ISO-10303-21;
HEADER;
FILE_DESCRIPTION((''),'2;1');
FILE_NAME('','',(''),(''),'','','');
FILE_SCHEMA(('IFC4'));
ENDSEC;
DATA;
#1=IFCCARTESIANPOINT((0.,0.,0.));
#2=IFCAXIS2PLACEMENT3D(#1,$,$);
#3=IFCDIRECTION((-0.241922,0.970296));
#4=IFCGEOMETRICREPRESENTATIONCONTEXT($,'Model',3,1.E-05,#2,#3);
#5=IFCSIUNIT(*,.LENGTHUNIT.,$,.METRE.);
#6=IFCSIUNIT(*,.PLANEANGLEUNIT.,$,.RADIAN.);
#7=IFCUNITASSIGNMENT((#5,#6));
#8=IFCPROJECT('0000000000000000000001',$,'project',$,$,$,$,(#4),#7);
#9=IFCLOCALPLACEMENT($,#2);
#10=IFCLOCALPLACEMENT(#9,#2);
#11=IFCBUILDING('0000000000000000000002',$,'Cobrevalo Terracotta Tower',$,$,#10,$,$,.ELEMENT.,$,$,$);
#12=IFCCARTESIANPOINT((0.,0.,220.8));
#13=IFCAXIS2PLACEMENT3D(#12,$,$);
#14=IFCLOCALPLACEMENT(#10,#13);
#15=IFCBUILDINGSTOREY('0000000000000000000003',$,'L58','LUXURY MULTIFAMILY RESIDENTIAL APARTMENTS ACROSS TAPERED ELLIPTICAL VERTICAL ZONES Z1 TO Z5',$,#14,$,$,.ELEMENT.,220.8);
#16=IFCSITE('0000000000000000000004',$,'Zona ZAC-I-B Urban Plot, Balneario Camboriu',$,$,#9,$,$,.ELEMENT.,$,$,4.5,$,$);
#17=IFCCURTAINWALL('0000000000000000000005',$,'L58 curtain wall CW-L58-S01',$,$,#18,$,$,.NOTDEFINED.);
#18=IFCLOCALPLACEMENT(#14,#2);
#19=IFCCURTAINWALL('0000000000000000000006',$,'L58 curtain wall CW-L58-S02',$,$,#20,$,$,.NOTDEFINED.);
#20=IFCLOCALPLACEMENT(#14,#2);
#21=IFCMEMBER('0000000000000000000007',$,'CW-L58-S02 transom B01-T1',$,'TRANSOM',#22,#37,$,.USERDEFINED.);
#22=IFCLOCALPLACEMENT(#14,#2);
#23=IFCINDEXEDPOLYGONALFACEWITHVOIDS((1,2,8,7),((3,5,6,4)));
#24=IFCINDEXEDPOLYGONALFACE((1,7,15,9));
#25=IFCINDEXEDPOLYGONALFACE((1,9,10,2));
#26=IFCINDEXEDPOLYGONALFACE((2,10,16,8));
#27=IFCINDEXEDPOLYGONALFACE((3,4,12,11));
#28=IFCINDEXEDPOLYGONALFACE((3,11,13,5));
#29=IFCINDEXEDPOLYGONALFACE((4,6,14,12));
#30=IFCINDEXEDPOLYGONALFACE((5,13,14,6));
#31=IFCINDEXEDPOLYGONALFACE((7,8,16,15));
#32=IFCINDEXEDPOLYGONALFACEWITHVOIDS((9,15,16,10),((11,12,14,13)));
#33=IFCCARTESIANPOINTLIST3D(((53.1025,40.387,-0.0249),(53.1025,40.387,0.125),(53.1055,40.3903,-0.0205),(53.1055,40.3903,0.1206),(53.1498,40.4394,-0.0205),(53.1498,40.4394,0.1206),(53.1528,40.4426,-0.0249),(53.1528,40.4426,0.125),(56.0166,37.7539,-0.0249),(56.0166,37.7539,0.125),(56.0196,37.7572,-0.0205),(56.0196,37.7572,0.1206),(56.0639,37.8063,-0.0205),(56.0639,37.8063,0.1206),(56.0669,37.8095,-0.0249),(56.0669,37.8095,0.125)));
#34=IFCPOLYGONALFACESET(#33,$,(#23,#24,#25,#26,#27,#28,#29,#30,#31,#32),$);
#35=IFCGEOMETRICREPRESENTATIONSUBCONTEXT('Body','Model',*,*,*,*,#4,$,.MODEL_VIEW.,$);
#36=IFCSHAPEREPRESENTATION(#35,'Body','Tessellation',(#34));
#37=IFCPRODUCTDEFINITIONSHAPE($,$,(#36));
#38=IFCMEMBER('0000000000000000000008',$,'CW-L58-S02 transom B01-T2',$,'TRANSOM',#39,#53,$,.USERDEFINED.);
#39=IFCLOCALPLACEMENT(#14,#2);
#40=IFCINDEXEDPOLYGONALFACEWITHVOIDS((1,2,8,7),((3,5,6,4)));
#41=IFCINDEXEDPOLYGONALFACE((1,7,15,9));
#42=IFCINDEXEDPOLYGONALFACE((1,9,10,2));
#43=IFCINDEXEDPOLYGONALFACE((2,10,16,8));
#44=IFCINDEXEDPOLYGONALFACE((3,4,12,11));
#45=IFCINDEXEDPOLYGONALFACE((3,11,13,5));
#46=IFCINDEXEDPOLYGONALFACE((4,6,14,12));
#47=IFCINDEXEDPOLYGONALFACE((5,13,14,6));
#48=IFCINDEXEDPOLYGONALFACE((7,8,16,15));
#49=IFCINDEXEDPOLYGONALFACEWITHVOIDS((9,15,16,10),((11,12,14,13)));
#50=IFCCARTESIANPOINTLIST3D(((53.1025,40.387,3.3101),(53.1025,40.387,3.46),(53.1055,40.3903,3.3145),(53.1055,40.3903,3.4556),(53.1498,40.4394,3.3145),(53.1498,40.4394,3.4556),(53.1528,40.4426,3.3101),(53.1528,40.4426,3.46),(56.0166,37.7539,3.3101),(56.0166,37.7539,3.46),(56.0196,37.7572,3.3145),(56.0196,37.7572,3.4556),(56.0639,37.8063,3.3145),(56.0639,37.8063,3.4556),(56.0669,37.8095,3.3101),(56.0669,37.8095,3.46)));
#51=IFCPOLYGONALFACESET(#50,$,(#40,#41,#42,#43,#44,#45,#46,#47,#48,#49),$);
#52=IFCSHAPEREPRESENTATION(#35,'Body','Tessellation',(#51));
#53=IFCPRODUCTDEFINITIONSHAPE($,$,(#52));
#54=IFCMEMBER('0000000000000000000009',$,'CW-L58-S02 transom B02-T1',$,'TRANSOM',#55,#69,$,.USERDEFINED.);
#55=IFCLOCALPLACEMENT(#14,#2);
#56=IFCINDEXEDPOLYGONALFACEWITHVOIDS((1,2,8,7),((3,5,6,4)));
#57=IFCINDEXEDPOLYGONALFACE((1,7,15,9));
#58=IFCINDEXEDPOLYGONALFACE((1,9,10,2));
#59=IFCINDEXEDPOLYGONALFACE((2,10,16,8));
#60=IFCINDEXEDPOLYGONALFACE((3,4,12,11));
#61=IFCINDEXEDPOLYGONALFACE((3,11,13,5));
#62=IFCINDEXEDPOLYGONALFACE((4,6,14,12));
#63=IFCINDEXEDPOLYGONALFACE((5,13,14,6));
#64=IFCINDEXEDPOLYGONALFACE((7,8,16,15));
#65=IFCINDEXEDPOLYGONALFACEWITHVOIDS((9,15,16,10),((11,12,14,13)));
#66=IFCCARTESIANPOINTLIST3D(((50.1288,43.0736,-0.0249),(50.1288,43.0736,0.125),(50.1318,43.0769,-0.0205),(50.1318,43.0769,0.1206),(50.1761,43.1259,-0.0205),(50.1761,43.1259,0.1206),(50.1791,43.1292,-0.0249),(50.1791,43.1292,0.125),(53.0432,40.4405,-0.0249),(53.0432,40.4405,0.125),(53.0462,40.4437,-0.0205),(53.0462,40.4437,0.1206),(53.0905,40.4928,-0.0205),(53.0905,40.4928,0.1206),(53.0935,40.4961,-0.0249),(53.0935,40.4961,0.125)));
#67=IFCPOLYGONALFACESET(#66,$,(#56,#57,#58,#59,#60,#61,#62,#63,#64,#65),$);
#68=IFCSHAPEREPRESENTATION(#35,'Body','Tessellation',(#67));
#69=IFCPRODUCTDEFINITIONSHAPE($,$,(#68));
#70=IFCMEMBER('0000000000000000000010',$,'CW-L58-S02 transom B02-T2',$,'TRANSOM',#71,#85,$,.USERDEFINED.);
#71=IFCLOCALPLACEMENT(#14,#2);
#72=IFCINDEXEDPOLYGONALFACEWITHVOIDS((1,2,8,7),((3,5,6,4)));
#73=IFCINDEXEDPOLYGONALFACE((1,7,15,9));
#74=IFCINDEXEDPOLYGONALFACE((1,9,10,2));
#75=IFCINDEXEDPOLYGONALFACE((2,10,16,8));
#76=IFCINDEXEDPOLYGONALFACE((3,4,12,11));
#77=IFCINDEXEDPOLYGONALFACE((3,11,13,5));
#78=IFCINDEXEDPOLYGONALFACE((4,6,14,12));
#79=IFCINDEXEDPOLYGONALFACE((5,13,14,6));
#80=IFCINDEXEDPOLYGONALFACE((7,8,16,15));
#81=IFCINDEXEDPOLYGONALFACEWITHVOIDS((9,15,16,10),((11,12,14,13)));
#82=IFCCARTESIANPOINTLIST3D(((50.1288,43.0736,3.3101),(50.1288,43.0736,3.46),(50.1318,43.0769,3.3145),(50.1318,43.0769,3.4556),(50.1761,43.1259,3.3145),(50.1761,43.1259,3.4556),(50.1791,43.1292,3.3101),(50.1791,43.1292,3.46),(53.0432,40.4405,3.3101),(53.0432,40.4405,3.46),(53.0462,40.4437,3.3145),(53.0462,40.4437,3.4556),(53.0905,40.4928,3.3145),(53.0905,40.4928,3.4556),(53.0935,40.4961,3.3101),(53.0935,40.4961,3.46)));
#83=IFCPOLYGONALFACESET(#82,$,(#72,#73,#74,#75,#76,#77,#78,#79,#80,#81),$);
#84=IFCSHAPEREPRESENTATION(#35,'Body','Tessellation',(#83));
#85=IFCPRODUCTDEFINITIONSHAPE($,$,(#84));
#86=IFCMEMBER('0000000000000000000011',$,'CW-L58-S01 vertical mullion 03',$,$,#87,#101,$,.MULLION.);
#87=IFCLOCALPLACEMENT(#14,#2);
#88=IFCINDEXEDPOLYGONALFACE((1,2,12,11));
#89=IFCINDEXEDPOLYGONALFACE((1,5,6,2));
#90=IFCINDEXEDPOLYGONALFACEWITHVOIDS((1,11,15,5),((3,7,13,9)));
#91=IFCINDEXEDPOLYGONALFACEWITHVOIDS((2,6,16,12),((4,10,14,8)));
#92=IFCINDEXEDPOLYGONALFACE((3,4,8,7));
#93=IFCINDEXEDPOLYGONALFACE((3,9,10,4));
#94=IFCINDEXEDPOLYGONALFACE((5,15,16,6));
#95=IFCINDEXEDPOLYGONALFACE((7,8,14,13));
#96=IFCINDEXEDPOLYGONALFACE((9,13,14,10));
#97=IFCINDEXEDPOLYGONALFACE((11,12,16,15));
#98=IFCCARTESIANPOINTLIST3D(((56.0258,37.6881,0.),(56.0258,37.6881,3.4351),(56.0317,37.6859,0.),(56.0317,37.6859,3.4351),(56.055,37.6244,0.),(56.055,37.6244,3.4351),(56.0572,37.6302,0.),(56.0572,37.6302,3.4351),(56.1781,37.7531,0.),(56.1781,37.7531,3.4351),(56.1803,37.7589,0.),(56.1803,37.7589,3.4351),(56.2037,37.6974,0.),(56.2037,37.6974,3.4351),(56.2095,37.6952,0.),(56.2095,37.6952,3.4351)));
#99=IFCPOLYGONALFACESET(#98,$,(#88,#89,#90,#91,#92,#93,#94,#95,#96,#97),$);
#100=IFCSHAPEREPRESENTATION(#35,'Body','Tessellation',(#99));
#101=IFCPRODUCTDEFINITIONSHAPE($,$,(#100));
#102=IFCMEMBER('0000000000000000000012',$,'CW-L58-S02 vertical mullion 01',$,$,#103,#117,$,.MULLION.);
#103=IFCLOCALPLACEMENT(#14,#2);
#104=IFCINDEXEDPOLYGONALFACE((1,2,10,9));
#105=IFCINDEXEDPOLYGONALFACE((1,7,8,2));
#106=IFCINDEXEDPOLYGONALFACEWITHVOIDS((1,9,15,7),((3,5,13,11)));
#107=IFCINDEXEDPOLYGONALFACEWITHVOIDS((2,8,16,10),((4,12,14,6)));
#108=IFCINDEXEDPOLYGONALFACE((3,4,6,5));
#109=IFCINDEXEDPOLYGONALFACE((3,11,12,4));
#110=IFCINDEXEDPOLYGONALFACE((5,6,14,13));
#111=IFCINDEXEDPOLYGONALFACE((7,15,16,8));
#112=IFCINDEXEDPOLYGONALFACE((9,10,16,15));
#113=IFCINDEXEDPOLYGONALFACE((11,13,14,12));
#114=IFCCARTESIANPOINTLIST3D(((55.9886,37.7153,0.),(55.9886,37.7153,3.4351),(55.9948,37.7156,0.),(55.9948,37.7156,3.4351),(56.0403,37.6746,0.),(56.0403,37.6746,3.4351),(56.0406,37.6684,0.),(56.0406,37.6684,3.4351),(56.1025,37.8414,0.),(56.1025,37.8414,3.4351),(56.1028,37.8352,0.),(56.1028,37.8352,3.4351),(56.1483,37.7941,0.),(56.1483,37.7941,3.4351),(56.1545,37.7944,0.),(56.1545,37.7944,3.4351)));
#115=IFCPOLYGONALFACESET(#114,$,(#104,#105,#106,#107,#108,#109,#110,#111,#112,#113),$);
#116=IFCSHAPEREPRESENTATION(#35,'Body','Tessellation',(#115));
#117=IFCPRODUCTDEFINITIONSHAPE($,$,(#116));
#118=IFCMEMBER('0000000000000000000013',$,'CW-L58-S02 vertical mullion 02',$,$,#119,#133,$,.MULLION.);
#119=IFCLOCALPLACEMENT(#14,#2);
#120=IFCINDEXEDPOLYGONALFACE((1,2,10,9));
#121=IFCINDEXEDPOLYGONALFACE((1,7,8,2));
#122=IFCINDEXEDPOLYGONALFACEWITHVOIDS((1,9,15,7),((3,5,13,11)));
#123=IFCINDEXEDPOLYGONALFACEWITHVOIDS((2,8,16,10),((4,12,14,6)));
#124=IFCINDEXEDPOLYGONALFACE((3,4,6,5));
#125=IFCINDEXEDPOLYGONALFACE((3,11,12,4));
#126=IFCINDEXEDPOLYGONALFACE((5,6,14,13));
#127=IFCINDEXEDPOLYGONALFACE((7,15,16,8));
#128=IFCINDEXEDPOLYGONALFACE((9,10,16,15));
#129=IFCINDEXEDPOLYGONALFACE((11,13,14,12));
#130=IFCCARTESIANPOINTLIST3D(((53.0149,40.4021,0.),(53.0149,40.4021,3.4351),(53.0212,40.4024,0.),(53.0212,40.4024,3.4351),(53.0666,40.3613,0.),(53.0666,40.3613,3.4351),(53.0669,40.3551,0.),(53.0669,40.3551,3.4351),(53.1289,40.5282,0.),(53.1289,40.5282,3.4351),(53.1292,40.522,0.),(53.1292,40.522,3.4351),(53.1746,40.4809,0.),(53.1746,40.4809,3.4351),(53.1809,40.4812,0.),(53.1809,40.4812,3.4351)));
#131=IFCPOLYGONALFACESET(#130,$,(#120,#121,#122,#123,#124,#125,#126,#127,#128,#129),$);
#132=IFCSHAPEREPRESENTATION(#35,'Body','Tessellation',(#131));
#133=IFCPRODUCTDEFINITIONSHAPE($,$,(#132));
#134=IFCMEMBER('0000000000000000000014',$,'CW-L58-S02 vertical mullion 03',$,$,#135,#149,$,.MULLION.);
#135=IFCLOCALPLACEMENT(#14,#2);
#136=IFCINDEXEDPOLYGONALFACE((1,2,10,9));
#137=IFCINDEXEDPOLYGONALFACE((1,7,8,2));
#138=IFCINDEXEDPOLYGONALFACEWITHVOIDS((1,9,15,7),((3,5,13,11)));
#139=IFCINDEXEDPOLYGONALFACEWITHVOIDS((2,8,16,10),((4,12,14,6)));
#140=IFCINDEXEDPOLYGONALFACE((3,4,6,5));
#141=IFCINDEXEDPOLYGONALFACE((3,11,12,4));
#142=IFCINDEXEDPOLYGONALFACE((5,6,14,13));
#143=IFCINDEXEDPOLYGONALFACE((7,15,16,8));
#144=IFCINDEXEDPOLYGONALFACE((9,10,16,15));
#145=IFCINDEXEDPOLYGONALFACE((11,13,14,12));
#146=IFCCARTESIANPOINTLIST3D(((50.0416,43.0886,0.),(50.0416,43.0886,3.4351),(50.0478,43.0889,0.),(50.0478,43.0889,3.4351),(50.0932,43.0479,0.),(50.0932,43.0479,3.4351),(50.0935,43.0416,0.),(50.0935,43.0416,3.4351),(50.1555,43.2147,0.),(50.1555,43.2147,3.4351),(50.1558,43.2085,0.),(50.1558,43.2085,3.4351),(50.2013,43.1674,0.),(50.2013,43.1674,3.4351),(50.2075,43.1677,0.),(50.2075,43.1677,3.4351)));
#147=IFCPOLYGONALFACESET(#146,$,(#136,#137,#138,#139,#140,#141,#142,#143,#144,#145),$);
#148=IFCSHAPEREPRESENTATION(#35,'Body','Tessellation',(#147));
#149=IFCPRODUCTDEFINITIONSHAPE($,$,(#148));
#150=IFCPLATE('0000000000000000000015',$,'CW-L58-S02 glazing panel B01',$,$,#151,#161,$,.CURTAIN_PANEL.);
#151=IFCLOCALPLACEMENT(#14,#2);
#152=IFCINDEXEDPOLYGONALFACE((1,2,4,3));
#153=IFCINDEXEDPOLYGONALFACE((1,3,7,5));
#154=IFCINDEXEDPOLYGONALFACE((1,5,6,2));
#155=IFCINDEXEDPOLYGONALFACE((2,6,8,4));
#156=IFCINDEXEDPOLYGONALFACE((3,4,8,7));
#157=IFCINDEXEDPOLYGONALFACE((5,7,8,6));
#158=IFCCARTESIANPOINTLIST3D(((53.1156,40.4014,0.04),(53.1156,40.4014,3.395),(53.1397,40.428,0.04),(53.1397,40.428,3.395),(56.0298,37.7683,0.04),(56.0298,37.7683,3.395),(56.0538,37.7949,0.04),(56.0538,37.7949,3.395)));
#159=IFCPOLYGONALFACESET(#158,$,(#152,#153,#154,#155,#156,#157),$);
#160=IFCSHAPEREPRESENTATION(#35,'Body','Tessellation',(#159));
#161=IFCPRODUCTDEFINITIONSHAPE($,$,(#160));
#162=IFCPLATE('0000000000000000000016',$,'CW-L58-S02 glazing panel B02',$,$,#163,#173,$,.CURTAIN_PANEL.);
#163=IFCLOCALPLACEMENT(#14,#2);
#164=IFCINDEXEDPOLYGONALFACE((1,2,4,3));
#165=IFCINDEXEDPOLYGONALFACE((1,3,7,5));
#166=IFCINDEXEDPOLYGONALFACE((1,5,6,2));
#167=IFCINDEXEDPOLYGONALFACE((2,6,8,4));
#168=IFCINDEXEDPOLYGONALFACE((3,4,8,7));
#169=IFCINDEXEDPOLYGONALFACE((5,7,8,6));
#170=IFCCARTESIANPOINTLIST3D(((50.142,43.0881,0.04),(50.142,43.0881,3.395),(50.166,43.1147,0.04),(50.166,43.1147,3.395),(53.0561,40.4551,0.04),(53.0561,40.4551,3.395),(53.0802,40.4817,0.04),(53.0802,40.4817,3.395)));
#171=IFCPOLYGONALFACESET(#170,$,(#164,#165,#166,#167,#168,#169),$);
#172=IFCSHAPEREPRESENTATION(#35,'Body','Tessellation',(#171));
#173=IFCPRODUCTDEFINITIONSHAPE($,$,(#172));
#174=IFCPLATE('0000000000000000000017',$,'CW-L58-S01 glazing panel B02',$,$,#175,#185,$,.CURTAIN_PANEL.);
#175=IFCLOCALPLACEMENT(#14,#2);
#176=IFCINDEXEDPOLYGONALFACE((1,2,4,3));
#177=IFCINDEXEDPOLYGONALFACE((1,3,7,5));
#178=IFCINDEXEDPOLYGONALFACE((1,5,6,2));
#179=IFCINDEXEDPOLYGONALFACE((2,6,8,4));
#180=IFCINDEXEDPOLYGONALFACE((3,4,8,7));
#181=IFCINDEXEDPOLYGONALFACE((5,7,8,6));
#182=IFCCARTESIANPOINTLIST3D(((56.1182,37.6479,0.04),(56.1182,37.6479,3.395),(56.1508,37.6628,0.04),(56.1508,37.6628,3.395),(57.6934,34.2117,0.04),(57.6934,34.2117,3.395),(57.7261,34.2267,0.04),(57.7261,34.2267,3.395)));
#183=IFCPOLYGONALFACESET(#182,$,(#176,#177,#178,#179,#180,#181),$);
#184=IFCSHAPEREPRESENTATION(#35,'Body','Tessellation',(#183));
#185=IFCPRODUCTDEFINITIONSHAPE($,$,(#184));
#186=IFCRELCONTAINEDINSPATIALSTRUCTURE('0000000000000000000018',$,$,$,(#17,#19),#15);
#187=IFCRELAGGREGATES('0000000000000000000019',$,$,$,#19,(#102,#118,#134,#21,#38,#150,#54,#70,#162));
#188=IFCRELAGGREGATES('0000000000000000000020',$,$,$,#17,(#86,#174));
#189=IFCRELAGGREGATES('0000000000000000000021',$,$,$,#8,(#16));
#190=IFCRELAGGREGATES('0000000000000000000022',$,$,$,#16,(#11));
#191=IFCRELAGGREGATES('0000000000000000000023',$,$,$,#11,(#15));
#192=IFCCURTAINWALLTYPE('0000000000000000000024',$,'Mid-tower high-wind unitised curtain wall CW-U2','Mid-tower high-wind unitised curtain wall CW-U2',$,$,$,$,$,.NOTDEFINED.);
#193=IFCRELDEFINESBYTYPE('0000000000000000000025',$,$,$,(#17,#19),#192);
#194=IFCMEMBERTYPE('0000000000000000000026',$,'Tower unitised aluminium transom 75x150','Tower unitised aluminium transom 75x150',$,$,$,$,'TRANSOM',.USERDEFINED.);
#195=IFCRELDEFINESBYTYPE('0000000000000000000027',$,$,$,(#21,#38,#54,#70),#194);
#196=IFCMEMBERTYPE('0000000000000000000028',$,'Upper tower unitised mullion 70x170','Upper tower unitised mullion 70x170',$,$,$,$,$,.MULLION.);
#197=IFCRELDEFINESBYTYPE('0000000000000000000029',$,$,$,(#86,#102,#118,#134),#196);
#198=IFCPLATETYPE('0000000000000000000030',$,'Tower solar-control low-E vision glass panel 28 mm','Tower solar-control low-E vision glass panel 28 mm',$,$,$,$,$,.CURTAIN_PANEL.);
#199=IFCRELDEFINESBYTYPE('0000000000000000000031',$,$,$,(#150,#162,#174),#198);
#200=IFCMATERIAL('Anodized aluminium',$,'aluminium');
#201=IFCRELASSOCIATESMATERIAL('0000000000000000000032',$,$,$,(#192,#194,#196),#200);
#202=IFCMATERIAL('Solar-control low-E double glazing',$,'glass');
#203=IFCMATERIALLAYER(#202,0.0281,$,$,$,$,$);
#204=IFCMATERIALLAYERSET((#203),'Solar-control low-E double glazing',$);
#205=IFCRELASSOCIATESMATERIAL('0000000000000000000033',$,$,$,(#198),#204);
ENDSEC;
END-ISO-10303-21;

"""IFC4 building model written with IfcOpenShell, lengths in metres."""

from ifc_helpers import new_model, si_unit, direction, frame, origin, origin_2d, place, context, subcontext, project, spatial, rectangle, hollow_rectangle, extrude, source, transform, mapped, material, layer, layer_set, material_profile, profile_set, type_object, element, aggregate, save


model = new_model("IFC4")

# Units and contexts
model_context = context("Model", 3, precision=1e-05, world=origin(), true_north=direction((-0.241922, 0.970296)))
body_context = subcontext(model_context, "Body", "Model", "MODEL_VIEW")
ifc_project = project(units=[si_unit("LENGTHUNIT", "METRE"), si_unit("PLANEANGLEUNIT", "RADIAN")], contexts=[model_context])

# Site, building, storey
site_placement = place(None, origin())
site = spatial("IfcSite", under=ifc_project, at=site_placement, Name="Zona ZAC-I-B Urban Plot, Balneario Camboriu", CompositionType="ELEMENT", RefElevation=4.5)
building_placement = place(site_placement, origin())
building = spatial("IfcBuilding", under=site, at=building_placement, Name="Cobrevalo Terracotta Tower", CompositionType="ELEMENT")
storey_placement = place(building_placement, frame((0.0, 0.0, 220.8)))
storey = spatial("IfcBuildingStorey", under=building, at=storey_placement, Name="L58", Description="LUXURY MULTIFAMILY RESIDENTIAL APARTMENTS ACROSS TAPERED ELLIPTICAL VERTICAL ZONES Z1 TO Z5", CompositionType="ELEMENT", Elevation=220.8)

# Curtain wall
ifc_material_1 = material(Name="Anodized aluminium", Category="aluminium")
curtain_wall_type = type_object("IfcCurtainWallType", Name="Mid-tower high-wind unitised curtain wall CW-U2", Description="Mid-tower high-wind unitised curtain wall CW-U2", PredefinedType="NOTDEFINED", material=ifc_material_1)
curtain_wall_1_placement = place(storey_placement, origin())
curtain_wall_1 = element("IfcCurtainWall", 1, at=curtain_wall_1_placement, inside=storey, type_object=curtain_wall_type, Name="L58 curtain wall CW-L58-S01", PredefinedType="NOTDEFINED")
ifc_material_profile_1 = material_profile(ifc_material_1, hollow_rectangle(XDim=0.075, YDim=0.1499, WallThickness=0.0044, at=origin_2d()), Name="CWT 75x150")
ifc_profile_set_1 = profile_set([ifc_material_profile_1], Name="Anodized aluminium")
member_type_1 = type_object("IfcMemberType", Name="Tower unitised aluminium transom 75x150", Description="Tower unitised aluminium transom 75x150", ElementType="TRANSOM", PredefinedType="USERDEFINED", material=ifc_profile_set_1)

# Curtain wall, members
curtain_wall_2_placement = place(storey_placement, origin())
curtain_wall_2 = element("IfcCurtainWall", 2, at=curtain_wall_2_placement, inside=storey, type_object=curtain_wall_type, Name="L58 curtain wall CW-L58-S02", PredefinedType="NOTDEFINED")
shared_shape_1 = source(origin(), body_context, "Body", "SweptSolid", [
    extrude(hollow_rectangle(XDim=0.075, YDim=0.1499, WallThickness=0.0044, at=origin_2d()), origin(), (0.0, 0.0, 1.0), 3.9275),
])
member_1_placement = place(storey_placement, frame((56.0417, 37.7817, 0.05), z_axis=(-0.741976, 0.670426, 0.0), x_axis=(-0.670426, -0.741976, 0.0)))
member_1 = element("IfcMember", 3, at=member_1_placement, type_object=member_type_1, Name="CW-L58-S02 transom B01-T1", ObjectType="TRANSOM", PredefinedType="USERDEFINED", context=body_context, shape_type="MappedRepresentation", body=[
    mapped(shared_shape_1, transform((0.0, 0.0, 0.0), scale=1.0)),
])
member_2_placement = place(storey_placement, frame((56.0417, 37.7817, 3.385), z_axis=(-0.741976, 0.670426, 0.0), x_axis=(-0.670426, -0.741976, 0.0)))
member_2 = element("IfcMember", 4, at=member_2_placement, type_object=member_type_1, Name="CW-L58-S02 transom B01-T2", ObjectType="TRANSOM", PredefinedType="USERDEFINED", context=body_context, shape_type="MappedRepresentation", body=[
    mapped(shared_shape_1, transform((0.0, 0.0, 0.0), scale=1.0)),
])
shared_shape_2 = source(origin(), body_context, "Body", "SweptSolid", [
    extrude(hollow_rectangle(XDim=0.075, YDim=0.1499, WallThickness=0.0044, at=origin_2d()), origin(), (0.0, 0.0, 1.0), 3.9277),
])
member_3_placement = place(storey_placement, frame((53.0684, 40.4683, 0.05), z_axis=(-0.742004, 0.670396, 0.0), x_axis=(-0.670396, -0.742004, 0.0)))
member_3 = element("IfcMember", 5, at=member_3_placement, type_object=member_type_1, Name="CW-L58-S02 transom B02-T1", ObjectType="TRANSOM", PredefinedType="USERDEFINED", context=body_context, shape_type="MappedRepresentation", body=[
    mapped(shared_shape_2, transform((0.0, 0.0, 0.0), scale=1.0)),
])
member_4_placement = place(storey_placement, frame((53.0684, 40.4683, 3.385), z_axis=(-0.742004, 0.670396, 0.0), x_axis=(-0.670396, -0.742004, 0.0)))
member_4 = element("IfcMember", 6, at=member_4_placement, type_object=member_type_1, Name="CW-L58-S02 transom B02-T2", ObjectType="TRANSOM", PredefinedType="USERDEFINED", context=body_context, shape_type="MappedRepresentation", body=[
    mapped(shared_shape_2, transform((0.0, 0.0, 0.0), scale=1.0)),
])

# Members
ifc_material_profile_2 = material_profile(ifc_material_1, hollow_rectangle(XDim=0.0701, YDim=0.1699, WallThickness=0.0044, at=origin_2d()), Name="CWM 70x170")
ifc_profile_set_2 = profile_set([ifc_material_profile_2], Name="Anodized aluminium")
member_type_2 = type_object("IfcMemberType", Name="Upper tower unitised mullion 70x170", Description="Upper tower unitised mullion 70x170", PredefinedType="MULLION", material=ifc_profile_set_2)
shared_shape_3 = source(origin(), body_context, "Body", "SweptSolid", [
    extrude(hollow_rectangle(XDim=0.0701, YDim=0.1699, WallThickness=0.0044, at=origin_2d()), origin(), (0.0, 0.0, 1.0), 3.4351),
])
member_5_placement = place(storey_placement, frame((56.1177, 37.6917, 0.0), z_axis=(0.0, 0.0, 1.0), x_axis=(-0.416725, 0.909033, 0.0)))
member_5 = element("IfcMember", 7, at=member_5_placement, type_object=member_type_2, Name="CW-L58-S01 vertical mullion 03", PredefinedType="MULLION", context=body_context, shape_type="MappedRepresentation", body=[
    mapped(shared_shape_3, transform((0.0, 0.0, 0.0), scale=1.0)),
])
member_6_placement = place(storey_placement, frame((56.0715, 37.7549, 0.0), z_axis=(0.0, 0.0, 1.0), x_axis=(-0.741988, 0.670414, 0.0)))
member_6 = element("IfcMember", 8, at=member_6_placement, type_object=member_type_2, Name="CW-L58-S02 vertical mullion 01", PredefinedType="MULLION", context=body_context, shape_type="MappedRepresentation", body=[
    mapped(shared_shape_3, transform((0.0, 0.0, 0.0), scale=1.0)),
])
member_7_placement = place(storey_placement, frame((53.0979, 40.4417, 0.0), z_axis=(0.0, 0.0, 1.0), x_axis=(-0.741988, 0.670414, 0.0)))
member_7 = element("IfcMember", 9, at=member_7_placement, type_object=member_type_2, Name="CW-L58-S02 vertical mullion 02", PredefinedType="MULLION", context=body_context, shape_type="MappedRepresentation", body=[
    mapped(shared_shape_3, transform((0.0, 0.0, 0.0), scale=1.0)),
])
member_8_placement = place(storey_placement, frame((50.1245, 43.1282, 0.0), z_axis=(0.0, 0.0, 1.0), x_axis=(-0.741988, 0.670414, 0.0)))
member_8 = element("IfcMember", 10, at=member_8_placement, type_object=member_type_2, Name="CW-L58-S02 vertical mullion 03", PredefinedType="MULLION", context=body_context, shape_type="MappedRepresentation", body=[
    mapped(shared_shape_3, transform((0.0, 0.0, 0.0), scale=1.0)),
])

# Plates
ifc_material_2 = material(Name="Solar-control low-E double glazing", Category="glass")
ifc_layer_1 = layer(ifc_material_2, 0.0281)
ifc_layer_set_1 = layer_set([ifc_layer_1], Name="Solar-control low-E double glazing")
plate_type = type_object("IfcPlateType", Name="Tower solar-control low-E vision glass panel 28 mm", Description="Tower solar-control low-E vision glass panel 28 mm", PredefinedType="CURTAIN_PANEL", material=ifc_layer_set_1)
shared_shape_4 = source(origin(), body_context, "Body", "SweptSolid", [
    extrude(rectangle(XDim=3.9275, YDim=0.0359, at=origin_2d()), origin(), (0.0, 0.0, 1.0), 3.355),
])
plate_1_placement = place(storey_placement, frame((54.5847, 39.0981, 0.04), z_axis=(0.0, 0.0, 1.0), x_axis=(-0.741988, 0.670414, 0.0)))
plate_1 = element("IfcPlate", 11, at=plate_1_placement, type_object=plate_type, Name="CW-L58-S02 glazing panel B01", PredefinedType="CURTAIN_PANEL", context=body_context, shape_type="MappedRepresentation", body=[
    mapped(shared_shape_4, transform((0.0, 0.0, 0.0), scale=1.0)),
])
plate_2_placement = place(storey_placement, frame((51.6111, 41.7849, 0.04), z_axis=(0.0, 0.0, 1.0), x_axis=(-0.741988, 0.670414, 0.0)))
plate_2 = element("IfcPlate", 12, at=plate_2_placement, type_object=plate_type, Name="CW-L58-S02 glazing panel B02", PredefinedType="CURTAIN_PANEL", context=body_context, shape_type="MappedRepresentation", body=[
    mapped(shared_shape_4, transform((0.0, 0.0, 0.0), scale=1.0)),
])
aggregate(curtain_wall_2, [member_6, member_7, member_8, member_1, member_2, plate_1, member_3, member_4, plate_2])
shared_shape_5 = source(origin(), body_context, "Body", "SweptSolid", [
    extrude(rectangle(XDim=3.78, YDim=0.0359, at=origin_2d()), origin(), (0.0, 0.0, 1.0), 3.355),
])
plate_3_placement = place(storey_placement, frame((56.9221, 35.9373, 0.04), z_axis=(0.0, 0.0, 1.0), x_axis=(-0.416731, 0.90903, 0.0)))
plate_3 = element("IfcPlate", 13, at=plate_3_placement, type_object=plate_type, Name="CW-L58-S01 glazing panel B02", PredefinedType="CURTAIN_PANEL", context=body_context, shape_type="MappedRepresentation", body=[
    mapped(shared_shape_5, transform((0.0, 0.0, 0.0), scale=1.0)),
])
aggregate(curtain_wall_1, [member_5, plate_3])

save(model, "model.ifc")
